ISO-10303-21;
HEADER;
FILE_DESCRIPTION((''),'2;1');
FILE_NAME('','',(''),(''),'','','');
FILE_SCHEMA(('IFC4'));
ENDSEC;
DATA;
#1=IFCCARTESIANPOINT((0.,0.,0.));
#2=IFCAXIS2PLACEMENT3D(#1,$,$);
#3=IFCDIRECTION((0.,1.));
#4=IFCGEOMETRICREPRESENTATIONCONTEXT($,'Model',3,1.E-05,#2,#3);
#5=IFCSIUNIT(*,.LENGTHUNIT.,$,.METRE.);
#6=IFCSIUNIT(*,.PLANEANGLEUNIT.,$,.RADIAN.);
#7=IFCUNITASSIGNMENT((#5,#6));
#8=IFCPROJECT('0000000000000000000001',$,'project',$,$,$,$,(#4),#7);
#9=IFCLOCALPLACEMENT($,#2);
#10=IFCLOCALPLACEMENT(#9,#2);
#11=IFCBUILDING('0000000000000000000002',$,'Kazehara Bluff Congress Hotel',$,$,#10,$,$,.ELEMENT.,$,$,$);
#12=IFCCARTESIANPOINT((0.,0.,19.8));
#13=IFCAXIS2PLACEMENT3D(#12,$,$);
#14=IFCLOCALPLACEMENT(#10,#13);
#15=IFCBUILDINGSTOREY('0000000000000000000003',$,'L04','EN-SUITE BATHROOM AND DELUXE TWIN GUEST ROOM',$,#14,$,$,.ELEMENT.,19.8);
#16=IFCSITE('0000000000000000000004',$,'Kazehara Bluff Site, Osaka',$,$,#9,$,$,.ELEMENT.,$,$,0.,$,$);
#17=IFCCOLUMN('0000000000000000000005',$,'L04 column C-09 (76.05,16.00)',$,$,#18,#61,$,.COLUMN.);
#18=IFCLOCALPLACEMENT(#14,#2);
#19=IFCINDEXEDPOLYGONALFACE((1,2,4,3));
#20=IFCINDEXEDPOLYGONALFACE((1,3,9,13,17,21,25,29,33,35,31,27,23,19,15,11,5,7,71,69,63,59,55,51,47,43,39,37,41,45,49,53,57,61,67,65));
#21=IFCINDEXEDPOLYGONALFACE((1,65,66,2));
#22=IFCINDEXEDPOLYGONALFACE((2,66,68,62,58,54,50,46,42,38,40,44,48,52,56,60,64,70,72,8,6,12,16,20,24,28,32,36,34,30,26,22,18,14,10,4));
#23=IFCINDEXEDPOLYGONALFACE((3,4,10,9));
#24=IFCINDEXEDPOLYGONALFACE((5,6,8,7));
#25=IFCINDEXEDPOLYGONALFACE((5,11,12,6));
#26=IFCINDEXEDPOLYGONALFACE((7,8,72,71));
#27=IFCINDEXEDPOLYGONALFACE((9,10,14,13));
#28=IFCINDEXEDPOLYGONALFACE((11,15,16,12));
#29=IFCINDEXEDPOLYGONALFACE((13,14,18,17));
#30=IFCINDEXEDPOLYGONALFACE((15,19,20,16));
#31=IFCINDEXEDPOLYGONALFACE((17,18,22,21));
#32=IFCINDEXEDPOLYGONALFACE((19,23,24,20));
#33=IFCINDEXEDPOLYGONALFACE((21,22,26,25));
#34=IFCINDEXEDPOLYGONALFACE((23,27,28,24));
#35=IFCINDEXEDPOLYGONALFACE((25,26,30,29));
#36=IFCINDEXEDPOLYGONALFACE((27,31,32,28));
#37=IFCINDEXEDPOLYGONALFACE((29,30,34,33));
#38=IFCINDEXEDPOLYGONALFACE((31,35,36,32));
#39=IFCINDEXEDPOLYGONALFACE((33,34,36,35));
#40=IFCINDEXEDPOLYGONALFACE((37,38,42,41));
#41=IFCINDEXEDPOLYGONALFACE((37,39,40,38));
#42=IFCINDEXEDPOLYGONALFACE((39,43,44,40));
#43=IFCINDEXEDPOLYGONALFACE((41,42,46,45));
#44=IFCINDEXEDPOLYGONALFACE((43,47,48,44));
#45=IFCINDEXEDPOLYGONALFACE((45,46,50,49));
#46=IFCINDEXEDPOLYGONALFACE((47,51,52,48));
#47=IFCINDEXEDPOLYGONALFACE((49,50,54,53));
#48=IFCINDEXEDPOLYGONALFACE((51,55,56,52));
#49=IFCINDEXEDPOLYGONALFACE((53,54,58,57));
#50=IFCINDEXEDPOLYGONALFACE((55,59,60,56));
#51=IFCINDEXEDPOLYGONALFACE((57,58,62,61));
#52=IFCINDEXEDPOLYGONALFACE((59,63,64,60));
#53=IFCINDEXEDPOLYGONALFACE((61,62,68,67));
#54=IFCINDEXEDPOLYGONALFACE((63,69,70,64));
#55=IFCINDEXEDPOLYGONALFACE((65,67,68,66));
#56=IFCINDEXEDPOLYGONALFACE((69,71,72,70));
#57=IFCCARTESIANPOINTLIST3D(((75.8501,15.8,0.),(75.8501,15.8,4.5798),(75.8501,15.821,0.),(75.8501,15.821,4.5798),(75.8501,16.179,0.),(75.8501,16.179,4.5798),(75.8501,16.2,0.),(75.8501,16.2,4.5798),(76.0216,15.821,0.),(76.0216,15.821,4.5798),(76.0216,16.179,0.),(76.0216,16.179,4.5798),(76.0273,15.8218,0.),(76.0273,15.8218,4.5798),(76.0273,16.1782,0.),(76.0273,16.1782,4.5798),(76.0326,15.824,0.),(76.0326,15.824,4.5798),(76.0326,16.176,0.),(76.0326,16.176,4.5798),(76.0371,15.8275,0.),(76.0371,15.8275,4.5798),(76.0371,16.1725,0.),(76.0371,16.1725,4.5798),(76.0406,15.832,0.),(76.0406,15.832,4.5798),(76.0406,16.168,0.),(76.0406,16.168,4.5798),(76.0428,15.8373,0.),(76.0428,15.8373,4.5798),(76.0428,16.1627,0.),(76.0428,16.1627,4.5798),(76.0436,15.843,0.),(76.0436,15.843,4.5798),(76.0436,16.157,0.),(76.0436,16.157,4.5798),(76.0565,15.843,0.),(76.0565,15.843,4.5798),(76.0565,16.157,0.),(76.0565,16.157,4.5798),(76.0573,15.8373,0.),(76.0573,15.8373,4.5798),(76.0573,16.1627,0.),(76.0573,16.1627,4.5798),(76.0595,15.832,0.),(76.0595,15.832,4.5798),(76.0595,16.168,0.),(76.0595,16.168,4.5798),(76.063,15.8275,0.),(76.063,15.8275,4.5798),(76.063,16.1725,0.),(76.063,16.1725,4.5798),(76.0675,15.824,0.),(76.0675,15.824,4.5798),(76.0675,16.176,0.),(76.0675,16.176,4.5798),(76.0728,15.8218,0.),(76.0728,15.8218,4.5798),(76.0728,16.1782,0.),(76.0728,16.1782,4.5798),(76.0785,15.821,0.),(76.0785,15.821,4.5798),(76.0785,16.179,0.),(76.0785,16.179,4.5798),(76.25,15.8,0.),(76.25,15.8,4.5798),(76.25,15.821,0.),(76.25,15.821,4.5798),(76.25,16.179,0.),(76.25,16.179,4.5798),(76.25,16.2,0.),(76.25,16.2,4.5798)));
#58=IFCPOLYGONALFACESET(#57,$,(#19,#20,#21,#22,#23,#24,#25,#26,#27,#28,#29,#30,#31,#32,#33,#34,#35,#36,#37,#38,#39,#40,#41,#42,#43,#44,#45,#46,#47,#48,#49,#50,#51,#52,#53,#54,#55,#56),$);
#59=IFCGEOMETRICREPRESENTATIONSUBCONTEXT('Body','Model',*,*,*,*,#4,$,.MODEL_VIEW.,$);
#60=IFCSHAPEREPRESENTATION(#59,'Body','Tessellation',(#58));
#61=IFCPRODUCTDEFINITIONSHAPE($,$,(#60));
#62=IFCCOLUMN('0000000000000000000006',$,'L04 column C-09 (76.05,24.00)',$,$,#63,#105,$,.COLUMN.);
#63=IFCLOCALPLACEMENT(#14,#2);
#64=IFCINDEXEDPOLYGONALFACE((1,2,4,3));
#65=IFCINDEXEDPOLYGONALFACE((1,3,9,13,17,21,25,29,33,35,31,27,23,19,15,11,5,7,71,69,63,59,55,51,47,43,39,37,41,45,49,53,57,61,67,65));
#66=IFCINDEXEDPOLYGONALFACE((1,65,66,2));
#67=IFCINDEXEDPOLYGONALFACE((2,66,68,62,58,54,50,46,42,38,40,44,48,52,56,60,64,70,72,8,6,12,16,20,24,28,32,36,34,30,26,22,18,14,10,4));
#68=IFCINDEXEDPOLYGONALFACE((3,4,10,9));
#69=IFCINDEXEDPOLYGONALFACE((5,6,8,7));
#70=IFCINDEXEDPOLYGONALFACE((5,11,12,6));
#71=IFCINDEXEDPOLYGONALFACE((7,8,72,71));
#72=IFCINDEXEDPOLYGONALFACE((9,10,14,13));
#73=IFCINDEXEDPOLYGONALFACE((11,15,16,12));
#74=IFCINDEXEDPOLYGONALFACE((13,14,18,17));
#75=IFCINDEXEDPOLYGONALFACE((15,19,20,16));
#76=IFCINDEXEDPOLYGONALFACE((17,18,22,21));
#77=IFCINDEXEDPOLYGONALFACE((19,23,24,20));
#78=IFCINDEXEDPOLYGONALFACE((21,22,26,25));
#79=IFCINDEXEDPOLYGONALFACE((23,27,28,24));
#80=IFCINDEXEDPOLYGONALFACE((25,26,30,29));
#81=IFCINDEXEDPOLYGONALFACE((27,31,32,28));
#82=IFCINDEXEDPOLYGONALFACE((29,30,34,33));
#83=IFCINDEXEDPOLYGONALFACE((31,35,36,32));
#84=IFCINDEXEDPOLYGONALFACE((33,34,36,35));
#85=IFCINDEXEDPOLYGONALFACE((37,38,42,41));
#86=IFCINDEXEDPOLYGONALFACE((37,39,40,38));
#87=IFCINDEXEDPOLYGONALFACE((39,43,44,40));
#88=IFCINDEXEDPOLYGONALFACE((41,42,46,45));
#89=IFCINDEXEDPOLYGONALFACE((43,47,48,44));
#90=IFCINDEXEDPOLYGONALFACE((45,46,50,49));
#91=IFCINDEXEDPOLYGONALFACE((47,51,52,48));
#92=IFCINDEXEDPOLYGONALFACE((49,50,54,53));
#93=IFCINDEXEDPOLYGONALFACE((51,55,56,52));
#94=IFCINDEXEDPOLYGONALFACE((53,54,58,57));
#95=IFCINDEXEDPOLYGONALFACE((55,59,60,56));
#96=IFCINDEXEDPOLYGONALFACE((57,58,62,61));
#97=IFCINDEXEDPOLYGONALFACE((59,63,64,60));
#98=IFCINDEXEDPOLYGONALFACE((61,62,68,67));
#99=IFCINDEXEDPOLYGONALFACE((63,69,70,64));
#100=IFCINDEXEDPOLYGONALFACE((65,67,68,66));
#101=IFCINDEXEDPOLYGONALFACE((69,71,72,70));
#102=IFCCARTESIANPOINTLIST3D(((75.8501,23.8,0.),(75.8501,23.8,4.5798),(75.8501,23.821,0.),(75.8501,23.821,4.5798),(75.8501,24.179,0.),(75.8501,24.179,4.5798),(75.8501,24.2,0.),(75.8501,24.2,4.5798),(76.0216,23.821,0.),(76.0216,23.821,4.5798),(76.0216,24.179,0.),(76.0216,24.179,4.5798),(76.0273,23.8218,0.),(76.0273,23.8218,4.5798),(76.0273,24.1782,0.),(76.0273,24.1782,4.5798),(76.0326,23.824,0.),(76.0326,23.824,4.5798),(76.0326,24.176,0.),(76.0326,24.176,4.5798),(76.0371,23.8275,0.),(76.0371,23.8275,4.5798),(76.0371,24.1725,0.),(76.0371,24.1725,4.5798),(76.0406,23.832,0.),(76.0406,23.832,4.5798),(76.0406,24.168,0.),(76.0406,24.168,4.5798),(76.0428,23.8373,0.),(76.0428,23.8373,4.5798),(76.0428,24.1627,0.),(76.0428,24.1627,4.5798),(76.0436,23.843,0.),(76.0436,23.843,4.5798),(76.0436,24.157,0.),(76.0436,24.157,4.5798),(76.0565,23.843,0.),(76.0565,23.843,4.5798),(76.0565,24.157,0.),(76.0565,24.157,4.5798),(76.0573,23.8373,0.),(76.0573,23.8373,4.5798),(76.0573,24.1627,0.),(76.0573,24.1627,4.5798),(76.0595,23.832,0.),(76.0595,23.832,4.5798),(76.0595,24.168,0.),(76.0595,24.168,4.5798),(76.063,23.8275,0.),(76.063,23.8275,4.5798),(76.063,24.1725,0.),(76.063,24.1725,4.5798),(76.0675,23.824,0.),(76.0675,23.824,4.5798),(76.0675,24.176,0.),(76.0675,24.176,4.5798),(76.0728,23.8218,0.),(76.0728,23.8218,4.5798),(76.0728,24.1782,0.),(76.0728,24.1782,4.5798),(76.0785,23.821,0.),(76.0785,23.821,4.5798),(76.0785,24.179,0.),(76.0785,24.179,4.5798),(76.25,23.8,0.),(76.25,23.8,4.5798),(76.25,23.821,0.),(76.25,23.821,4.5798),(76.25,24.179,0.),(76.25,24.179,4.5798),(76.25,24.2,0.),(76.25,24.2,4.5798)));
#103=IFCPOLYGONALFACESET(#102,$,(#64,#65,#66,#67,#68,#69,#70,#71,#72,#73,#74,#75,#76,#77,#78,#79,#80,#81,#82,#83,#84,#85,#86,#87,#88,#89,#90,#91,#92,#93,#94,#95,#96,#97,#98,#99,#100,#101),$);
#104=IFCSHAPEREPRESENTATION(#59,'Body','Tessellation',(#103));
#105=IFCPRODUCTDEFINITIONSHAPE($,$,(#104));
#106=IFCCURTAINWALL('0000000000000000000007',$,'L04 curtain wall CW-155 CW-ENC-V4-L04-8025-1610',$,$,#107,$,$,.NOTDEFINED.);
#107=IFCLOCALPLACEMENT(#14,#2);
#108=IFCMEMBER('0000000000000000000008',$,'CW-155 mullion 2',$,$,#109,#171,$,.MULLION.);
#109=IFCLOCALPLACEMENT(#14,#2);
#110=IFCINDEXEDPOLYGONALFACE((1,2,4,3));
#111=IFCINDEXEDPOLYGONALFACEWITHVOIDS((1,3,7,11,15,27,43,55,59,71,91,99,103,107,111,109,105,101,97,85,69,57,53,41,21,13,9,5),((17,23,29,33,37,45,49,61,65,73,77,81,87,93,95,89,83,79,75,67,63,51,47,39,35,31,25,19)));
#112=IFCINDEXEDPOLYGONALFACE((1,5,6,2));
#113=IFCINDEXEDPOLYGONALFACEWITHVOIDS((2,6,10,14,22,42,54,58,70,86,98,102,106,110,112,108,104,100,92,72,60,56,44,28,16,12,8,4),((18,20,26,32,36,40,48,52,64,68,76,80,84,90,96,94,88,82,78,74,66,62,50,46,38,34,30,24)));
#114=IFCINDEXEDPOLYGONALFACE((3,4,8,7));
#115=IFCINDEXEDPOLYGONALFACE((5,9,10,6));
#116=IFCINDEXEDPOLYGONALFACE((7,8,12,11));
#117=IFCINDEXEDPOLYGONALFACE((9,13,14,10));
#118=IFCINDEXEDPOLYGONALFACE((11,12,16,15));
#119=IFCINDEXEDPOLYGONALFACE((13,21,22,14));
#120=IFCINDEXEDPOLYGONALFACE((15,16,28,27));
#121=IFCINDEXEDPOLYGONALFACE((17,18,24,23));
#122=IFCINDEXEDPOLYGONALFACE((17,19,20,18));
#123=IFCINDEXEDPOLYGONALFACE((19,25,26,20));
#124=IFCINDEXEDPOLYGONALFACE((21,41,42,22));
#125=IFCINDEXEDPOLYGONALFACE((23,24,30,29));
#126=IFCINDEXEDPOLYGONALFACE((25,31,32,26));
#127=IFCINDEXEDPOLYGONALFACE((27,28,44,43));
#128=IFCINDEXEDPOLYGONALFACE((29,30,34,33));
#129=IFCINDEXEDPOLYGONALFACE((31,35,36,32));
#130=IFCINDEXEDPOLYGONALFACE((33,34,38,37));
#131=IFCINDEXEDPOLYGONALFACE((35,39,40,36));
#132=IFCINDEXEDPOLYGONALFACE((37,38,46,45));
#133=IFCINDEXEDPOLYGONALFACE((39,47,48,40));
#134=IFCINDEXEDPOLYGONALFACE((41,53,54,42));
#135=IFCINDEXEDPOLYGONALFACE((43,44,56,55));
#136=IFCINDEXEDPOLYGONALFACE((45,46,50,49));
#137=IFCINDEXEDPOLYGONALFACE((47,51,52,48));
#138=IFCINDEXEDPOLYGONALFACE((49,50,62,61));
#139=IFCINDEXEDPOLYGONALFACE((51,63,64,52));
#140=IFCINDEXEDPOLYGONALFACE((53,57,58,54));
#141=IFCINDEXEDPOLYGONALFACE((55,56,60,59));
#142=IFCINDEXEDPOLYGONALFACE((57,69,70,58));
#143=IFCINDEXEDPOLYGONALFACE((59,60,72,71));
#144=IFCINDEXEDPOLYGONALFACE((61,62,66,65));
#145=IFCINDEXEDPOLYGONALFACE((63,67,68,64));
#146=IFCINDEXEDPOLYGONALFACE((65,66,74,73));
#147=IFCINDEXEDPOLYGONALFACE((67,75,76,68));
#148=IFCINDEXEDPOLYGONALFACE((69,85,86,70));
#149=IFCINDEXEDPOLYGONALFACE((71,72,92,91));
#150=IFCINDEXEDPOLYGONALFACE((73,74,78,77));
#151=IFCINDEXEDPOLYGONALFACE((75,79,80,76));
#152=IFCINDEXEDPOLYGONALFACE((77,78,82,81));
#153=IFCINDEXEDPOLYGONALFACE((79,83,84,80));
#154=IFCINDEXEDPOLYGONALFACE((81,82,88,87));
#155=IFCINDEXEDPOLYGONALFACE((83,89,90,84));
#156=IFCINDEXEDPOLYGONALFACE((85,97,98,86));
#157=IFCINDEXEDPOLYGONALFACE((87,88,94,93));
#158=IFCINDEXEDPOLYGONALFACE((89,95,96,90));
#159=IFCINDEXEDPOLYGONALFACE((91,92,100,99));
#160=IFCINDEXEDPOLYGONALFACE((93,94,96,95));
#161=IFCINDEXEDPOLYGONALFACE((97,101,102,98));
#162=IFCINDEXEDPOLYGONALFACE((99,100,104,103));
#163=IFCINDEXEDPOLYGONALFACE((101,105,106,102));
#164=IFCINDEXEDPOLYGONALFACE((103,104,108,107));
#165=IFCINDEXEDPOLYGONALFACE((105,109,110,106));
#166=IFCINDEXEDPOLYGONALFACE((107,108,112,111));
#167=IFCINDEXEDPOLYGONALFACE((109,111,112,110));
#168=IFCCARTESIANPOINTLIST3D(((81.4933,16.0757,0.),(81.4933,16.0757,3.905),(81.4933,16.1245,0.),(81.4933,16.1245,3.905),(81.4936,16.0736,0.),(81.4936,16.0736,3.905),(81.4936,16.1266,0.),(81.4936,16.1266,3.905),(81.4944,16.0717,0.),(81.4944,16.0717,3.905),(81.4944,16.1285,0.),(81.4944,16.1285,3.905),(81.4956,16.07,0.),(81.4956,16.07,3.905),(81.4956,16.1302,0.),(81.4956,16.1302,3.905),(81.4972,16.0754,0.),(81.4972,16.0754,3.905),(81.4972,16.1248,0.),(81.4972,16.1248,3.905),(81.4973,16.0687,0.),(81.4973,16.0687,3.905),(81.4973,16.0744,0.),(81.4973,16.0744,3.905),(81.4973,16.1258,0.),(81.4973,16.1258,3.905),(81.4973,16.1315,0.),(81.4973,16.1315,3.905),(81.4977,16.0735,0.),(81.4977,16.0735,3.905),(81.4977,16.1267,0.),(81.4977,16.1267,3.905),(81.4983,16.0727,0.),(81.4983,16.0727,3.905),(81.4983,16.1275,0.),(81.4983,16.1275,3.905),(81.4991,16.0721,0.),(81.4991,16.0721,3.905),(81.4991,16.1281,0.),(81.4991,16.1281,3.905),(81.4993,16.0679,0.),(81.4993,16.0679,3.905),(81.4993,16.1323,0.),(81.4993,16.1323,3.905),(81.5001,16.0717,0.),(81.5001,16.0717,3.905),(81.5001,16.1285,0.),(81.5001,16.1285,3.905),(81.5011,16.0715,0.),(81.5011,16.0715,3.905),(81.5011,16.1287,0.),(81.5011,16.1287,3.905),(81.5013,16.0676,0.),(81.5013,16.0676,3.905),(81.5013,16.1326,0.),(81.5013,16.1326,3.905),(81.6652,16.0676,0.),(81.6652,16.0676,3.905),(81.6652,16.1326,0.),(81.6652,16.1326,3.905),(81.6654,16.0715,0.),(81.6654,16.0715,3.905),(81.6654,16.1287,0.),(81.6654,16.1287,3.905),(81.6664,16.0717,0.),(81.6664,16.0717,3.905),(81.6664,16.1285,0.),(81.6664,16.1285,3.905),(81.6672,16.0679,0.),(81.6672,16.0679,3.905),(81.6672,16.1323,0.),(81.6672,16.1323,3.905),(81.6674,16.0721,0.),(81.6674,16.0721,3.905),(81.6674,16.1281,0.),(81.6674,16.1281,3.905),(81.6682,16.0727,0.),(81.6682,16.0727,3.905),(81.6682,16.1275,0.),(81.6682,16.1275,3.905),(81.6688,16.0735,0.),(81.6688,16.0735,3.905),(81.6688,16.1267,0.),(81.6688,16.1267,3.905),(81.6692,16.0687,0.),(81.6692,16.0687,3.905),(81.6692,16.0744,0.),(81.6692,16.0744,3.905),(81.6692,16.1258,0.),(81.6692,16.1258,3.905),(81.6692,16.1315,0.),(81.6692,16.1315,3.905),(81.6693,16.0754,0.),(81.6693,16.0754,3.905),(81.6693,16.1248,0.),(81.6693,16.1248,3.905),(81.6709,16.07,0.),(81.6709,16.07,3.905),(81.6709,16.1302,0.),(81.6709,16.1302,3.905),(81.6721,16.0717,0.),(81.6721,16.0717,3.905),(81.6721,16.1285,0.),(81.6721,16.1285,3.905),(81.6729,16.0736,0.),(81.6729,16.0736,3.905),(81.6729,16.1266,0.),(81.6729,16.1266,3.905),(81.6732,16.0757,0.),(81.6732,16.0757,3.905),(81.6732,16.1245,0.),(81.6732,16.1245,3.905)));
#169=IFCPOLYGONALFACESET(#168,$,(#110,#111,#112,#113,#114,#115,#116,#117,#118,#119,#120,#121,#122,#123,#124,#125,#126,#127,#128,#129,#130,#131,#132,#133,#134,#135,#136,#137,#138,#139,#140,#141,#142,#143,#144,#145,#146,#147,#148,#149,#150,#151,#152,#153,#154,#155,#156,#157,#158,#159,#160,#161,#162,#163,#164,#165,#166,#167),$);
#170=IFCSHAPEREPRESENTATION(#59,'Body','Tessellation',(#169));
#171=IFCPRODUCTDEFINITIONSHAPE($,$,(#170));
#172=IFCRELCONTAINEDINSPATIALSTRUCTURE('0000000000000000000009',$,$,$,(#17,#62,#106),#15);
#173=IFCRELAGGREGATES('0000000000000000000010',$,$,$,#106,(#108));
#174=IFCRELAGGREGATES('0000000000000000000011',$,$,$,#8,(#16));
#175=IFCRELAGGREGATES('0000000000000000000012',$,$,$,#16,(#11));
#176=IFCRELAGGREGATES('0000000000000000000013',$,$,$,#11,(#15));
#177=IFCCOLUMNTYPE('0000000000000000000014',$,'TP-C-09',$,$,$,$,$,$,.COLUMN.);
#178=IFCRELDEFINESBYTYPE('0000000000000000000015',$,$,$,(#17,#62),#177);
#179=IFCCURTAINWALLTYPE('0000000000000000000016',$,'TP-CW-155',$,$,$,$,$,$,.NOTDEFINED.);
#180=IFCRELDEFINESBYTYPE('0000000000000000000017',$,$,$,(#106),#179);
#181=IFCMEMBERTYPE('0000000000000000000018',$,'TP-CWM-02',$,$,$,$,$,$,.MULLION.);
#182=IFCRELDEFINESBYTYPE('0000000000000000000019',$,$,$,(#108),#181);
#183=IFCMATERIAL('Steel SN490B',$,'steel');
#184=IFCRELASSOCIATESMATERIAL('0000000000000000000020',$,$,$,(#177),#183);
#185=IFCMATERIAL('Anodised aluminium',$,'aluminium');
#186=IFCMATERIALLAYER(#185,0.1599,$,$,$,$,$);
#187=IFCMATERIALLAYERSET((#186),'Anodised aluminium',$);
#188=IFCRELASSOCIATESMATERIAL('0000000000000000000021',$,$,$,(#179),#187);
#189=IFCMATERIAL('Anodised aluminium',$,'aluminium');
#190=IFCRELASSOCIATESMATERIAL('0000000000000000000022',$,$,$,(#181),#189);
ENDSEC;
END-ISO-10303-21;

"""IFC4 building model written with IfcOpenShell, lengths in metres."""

from ifc_helpers import new_model, si_unit, direction, frame, origin, origin_2d, place, context, subcontext, project, spatial, hollow_rectangle, i_section, extrude, material, layer, layer_set, material_profile, profile_set, type_object, element, aggregate, save


model = new_model("IFC4")

# Units and contexts
model_context = context("Model", 3, precision=1e-05, world=origin(), true_north=direction((0.0, 1.0)))
body_context = subcontext(model_context, "Body", "Model", "MODEL_VIEW")
ifc_project = project(units=[si_unit("LENGTHUNIT", "METRE"), si_unit("PLANEANGLEUNIT", "RADIAN")], contexts=[model_context])

# Site, building, storey
site_placement = place(None, origin())
site = spatial("IfcSite", under=ifc_project, at=site_placement, Name="Kazehara Bluff Site, Osaka", CompositionType="ELEMENT", RefElevation=0.0)
building_placement = place(site_placement, origin())
building = spatial("IfcBuilding", under=site, at=building_placement, Name="Kazehara Bluff Congress Hotel", CompositionType="ELEMENT")
storey_placement = place(building_placement, frame((0.0, 0.0, 19.8)))
storey = spatial("IfcBuildingStorey", under=building, at=storey_placement, Name="L04", Description="EN-SUITE BATHROOM AND DELUXE TWIN GUEST ROOM", CompositionType="ELEMENT", Elevation=19.8)

# Columns
ifc_material_1 = material(Name="Steel SN490B", Category="steel")
ifc_material_profile_1 = material_profile(ifc_material_1, i_section(OverallWidth=0.3999, OverallDepth=0.3999, WebThickness=0.0129, FlangeThickness=0.021, FilletRadius=0.022, at=origin_2d()))
ifc_profile_set_1 = profile_set([ifc_material_profile_1], Name="Steel SN490B")
column_type = type_object("IfcColumnType", Name="TP-C-09", PredefinedType="COLUMN", material=ifc_profile_set_1)
for number, where, z_axis, x_axis, name in (
    (1, (76.05, 16.0, 0.0), (0.0, 0.0, 1.0), (1.0, 0.0, 0.0), "L04 column C-09 (76.05,16.00)"),
    (2, (76.05, 24.0, 0.0), (0.0, 0.0, 1.0), (1.0, 0.0, 0.0), "L04 column C-09 (76.05,24.00)"),
):
    element("IfcColumn", number, at=place(storey_placement, frame(where, z_axis=z_axis, x_axis=x_axis)), inside=storey, type_object=column_type, Name=name, PredefinedType="COLUMN", context=body_context, shape_type="SweptSolid", body=[
        extrude(i_section(OverallWidth=0.3999, OverallDepth=0.3999, WebThickness=0.0129, FlangeThickness=0.021, FilletRadius=0.022, at=origin_2d()), origin(), (0.0, 0.0, 1.0), 4.5798),
    ])

# Curtain wall, member
ifc_material_2 = material(Name="Anodised aluminium", Category="aluminium")
ifc_layer_1 = layer(ifc_material_2, 0.1599)
ifc_layer_set_1 = layer_set([ifc_layer_1], Name="Anodised aluminium")
curtain_wall_type_1 = type_object("IfcCurtainWallType", Name="TP-CW-155", PredefinedType="NOTDEFINED", material=ifc_layer_set_1)
curtain_wall_1_placement = place(storey_placement, origin())
curtain_wall_1 = element("IfcCurtainWall", 3, at=curtain_wall_1_placement, inside=storey, type_object=curtain_wall_type_1, Name="L04 curtain wall CW-155 CW-ENC-V4-L04-8025-1610", PredefinedType="NOTDEFINED")
ifc_material_3 = material(Name="Anodised aluminium", Category="aluminium")
ifc_material_profile_2 = material_profile(ifc_material_3, hollow_rectangle(XDim=0.0649, YDim=0.1799, WallThickness=0.0039, InnerFilletRadius=0.0039, OuterFilletRadius=0.0081, at=origin_2d()))
ifc_profile_set_2 = profile_set([ifc_material_profile_2], Name="Anodised aluminium")
member_type_1 = type_object("IfcMemberType", Name="TP-CWM-02", PredefinedType="MULLION", material=ifc_profile_set_2)
member_1_placement = place(storey_placement, frame((81.5833, 16.1001, 0.0), z_axis=(0.0, 0.0, 1.0), x_axis=(0.0, -1.0, 0.0)))
member_1 = element("IfcMember", 4, at=member_1_placement, type_object=member_type_1, Name="CW-155 mullion 2", PredefinedType="MULLION", context=body_context, shape_type="SweptSolid", body=[
    extrude(hollow_rectangle(XDim=0.0649, YDim=0.1799, WallThickness=0.0039, InnerFilletRadius=0.0039, OuterFilletRadius=0.0081, at=origin_2d()), origin(), (0.0, 0.0, 1.0), 3.905),
])

aggregate(curtain_wall_1, [member_1])

save(model, "model.ifc")
